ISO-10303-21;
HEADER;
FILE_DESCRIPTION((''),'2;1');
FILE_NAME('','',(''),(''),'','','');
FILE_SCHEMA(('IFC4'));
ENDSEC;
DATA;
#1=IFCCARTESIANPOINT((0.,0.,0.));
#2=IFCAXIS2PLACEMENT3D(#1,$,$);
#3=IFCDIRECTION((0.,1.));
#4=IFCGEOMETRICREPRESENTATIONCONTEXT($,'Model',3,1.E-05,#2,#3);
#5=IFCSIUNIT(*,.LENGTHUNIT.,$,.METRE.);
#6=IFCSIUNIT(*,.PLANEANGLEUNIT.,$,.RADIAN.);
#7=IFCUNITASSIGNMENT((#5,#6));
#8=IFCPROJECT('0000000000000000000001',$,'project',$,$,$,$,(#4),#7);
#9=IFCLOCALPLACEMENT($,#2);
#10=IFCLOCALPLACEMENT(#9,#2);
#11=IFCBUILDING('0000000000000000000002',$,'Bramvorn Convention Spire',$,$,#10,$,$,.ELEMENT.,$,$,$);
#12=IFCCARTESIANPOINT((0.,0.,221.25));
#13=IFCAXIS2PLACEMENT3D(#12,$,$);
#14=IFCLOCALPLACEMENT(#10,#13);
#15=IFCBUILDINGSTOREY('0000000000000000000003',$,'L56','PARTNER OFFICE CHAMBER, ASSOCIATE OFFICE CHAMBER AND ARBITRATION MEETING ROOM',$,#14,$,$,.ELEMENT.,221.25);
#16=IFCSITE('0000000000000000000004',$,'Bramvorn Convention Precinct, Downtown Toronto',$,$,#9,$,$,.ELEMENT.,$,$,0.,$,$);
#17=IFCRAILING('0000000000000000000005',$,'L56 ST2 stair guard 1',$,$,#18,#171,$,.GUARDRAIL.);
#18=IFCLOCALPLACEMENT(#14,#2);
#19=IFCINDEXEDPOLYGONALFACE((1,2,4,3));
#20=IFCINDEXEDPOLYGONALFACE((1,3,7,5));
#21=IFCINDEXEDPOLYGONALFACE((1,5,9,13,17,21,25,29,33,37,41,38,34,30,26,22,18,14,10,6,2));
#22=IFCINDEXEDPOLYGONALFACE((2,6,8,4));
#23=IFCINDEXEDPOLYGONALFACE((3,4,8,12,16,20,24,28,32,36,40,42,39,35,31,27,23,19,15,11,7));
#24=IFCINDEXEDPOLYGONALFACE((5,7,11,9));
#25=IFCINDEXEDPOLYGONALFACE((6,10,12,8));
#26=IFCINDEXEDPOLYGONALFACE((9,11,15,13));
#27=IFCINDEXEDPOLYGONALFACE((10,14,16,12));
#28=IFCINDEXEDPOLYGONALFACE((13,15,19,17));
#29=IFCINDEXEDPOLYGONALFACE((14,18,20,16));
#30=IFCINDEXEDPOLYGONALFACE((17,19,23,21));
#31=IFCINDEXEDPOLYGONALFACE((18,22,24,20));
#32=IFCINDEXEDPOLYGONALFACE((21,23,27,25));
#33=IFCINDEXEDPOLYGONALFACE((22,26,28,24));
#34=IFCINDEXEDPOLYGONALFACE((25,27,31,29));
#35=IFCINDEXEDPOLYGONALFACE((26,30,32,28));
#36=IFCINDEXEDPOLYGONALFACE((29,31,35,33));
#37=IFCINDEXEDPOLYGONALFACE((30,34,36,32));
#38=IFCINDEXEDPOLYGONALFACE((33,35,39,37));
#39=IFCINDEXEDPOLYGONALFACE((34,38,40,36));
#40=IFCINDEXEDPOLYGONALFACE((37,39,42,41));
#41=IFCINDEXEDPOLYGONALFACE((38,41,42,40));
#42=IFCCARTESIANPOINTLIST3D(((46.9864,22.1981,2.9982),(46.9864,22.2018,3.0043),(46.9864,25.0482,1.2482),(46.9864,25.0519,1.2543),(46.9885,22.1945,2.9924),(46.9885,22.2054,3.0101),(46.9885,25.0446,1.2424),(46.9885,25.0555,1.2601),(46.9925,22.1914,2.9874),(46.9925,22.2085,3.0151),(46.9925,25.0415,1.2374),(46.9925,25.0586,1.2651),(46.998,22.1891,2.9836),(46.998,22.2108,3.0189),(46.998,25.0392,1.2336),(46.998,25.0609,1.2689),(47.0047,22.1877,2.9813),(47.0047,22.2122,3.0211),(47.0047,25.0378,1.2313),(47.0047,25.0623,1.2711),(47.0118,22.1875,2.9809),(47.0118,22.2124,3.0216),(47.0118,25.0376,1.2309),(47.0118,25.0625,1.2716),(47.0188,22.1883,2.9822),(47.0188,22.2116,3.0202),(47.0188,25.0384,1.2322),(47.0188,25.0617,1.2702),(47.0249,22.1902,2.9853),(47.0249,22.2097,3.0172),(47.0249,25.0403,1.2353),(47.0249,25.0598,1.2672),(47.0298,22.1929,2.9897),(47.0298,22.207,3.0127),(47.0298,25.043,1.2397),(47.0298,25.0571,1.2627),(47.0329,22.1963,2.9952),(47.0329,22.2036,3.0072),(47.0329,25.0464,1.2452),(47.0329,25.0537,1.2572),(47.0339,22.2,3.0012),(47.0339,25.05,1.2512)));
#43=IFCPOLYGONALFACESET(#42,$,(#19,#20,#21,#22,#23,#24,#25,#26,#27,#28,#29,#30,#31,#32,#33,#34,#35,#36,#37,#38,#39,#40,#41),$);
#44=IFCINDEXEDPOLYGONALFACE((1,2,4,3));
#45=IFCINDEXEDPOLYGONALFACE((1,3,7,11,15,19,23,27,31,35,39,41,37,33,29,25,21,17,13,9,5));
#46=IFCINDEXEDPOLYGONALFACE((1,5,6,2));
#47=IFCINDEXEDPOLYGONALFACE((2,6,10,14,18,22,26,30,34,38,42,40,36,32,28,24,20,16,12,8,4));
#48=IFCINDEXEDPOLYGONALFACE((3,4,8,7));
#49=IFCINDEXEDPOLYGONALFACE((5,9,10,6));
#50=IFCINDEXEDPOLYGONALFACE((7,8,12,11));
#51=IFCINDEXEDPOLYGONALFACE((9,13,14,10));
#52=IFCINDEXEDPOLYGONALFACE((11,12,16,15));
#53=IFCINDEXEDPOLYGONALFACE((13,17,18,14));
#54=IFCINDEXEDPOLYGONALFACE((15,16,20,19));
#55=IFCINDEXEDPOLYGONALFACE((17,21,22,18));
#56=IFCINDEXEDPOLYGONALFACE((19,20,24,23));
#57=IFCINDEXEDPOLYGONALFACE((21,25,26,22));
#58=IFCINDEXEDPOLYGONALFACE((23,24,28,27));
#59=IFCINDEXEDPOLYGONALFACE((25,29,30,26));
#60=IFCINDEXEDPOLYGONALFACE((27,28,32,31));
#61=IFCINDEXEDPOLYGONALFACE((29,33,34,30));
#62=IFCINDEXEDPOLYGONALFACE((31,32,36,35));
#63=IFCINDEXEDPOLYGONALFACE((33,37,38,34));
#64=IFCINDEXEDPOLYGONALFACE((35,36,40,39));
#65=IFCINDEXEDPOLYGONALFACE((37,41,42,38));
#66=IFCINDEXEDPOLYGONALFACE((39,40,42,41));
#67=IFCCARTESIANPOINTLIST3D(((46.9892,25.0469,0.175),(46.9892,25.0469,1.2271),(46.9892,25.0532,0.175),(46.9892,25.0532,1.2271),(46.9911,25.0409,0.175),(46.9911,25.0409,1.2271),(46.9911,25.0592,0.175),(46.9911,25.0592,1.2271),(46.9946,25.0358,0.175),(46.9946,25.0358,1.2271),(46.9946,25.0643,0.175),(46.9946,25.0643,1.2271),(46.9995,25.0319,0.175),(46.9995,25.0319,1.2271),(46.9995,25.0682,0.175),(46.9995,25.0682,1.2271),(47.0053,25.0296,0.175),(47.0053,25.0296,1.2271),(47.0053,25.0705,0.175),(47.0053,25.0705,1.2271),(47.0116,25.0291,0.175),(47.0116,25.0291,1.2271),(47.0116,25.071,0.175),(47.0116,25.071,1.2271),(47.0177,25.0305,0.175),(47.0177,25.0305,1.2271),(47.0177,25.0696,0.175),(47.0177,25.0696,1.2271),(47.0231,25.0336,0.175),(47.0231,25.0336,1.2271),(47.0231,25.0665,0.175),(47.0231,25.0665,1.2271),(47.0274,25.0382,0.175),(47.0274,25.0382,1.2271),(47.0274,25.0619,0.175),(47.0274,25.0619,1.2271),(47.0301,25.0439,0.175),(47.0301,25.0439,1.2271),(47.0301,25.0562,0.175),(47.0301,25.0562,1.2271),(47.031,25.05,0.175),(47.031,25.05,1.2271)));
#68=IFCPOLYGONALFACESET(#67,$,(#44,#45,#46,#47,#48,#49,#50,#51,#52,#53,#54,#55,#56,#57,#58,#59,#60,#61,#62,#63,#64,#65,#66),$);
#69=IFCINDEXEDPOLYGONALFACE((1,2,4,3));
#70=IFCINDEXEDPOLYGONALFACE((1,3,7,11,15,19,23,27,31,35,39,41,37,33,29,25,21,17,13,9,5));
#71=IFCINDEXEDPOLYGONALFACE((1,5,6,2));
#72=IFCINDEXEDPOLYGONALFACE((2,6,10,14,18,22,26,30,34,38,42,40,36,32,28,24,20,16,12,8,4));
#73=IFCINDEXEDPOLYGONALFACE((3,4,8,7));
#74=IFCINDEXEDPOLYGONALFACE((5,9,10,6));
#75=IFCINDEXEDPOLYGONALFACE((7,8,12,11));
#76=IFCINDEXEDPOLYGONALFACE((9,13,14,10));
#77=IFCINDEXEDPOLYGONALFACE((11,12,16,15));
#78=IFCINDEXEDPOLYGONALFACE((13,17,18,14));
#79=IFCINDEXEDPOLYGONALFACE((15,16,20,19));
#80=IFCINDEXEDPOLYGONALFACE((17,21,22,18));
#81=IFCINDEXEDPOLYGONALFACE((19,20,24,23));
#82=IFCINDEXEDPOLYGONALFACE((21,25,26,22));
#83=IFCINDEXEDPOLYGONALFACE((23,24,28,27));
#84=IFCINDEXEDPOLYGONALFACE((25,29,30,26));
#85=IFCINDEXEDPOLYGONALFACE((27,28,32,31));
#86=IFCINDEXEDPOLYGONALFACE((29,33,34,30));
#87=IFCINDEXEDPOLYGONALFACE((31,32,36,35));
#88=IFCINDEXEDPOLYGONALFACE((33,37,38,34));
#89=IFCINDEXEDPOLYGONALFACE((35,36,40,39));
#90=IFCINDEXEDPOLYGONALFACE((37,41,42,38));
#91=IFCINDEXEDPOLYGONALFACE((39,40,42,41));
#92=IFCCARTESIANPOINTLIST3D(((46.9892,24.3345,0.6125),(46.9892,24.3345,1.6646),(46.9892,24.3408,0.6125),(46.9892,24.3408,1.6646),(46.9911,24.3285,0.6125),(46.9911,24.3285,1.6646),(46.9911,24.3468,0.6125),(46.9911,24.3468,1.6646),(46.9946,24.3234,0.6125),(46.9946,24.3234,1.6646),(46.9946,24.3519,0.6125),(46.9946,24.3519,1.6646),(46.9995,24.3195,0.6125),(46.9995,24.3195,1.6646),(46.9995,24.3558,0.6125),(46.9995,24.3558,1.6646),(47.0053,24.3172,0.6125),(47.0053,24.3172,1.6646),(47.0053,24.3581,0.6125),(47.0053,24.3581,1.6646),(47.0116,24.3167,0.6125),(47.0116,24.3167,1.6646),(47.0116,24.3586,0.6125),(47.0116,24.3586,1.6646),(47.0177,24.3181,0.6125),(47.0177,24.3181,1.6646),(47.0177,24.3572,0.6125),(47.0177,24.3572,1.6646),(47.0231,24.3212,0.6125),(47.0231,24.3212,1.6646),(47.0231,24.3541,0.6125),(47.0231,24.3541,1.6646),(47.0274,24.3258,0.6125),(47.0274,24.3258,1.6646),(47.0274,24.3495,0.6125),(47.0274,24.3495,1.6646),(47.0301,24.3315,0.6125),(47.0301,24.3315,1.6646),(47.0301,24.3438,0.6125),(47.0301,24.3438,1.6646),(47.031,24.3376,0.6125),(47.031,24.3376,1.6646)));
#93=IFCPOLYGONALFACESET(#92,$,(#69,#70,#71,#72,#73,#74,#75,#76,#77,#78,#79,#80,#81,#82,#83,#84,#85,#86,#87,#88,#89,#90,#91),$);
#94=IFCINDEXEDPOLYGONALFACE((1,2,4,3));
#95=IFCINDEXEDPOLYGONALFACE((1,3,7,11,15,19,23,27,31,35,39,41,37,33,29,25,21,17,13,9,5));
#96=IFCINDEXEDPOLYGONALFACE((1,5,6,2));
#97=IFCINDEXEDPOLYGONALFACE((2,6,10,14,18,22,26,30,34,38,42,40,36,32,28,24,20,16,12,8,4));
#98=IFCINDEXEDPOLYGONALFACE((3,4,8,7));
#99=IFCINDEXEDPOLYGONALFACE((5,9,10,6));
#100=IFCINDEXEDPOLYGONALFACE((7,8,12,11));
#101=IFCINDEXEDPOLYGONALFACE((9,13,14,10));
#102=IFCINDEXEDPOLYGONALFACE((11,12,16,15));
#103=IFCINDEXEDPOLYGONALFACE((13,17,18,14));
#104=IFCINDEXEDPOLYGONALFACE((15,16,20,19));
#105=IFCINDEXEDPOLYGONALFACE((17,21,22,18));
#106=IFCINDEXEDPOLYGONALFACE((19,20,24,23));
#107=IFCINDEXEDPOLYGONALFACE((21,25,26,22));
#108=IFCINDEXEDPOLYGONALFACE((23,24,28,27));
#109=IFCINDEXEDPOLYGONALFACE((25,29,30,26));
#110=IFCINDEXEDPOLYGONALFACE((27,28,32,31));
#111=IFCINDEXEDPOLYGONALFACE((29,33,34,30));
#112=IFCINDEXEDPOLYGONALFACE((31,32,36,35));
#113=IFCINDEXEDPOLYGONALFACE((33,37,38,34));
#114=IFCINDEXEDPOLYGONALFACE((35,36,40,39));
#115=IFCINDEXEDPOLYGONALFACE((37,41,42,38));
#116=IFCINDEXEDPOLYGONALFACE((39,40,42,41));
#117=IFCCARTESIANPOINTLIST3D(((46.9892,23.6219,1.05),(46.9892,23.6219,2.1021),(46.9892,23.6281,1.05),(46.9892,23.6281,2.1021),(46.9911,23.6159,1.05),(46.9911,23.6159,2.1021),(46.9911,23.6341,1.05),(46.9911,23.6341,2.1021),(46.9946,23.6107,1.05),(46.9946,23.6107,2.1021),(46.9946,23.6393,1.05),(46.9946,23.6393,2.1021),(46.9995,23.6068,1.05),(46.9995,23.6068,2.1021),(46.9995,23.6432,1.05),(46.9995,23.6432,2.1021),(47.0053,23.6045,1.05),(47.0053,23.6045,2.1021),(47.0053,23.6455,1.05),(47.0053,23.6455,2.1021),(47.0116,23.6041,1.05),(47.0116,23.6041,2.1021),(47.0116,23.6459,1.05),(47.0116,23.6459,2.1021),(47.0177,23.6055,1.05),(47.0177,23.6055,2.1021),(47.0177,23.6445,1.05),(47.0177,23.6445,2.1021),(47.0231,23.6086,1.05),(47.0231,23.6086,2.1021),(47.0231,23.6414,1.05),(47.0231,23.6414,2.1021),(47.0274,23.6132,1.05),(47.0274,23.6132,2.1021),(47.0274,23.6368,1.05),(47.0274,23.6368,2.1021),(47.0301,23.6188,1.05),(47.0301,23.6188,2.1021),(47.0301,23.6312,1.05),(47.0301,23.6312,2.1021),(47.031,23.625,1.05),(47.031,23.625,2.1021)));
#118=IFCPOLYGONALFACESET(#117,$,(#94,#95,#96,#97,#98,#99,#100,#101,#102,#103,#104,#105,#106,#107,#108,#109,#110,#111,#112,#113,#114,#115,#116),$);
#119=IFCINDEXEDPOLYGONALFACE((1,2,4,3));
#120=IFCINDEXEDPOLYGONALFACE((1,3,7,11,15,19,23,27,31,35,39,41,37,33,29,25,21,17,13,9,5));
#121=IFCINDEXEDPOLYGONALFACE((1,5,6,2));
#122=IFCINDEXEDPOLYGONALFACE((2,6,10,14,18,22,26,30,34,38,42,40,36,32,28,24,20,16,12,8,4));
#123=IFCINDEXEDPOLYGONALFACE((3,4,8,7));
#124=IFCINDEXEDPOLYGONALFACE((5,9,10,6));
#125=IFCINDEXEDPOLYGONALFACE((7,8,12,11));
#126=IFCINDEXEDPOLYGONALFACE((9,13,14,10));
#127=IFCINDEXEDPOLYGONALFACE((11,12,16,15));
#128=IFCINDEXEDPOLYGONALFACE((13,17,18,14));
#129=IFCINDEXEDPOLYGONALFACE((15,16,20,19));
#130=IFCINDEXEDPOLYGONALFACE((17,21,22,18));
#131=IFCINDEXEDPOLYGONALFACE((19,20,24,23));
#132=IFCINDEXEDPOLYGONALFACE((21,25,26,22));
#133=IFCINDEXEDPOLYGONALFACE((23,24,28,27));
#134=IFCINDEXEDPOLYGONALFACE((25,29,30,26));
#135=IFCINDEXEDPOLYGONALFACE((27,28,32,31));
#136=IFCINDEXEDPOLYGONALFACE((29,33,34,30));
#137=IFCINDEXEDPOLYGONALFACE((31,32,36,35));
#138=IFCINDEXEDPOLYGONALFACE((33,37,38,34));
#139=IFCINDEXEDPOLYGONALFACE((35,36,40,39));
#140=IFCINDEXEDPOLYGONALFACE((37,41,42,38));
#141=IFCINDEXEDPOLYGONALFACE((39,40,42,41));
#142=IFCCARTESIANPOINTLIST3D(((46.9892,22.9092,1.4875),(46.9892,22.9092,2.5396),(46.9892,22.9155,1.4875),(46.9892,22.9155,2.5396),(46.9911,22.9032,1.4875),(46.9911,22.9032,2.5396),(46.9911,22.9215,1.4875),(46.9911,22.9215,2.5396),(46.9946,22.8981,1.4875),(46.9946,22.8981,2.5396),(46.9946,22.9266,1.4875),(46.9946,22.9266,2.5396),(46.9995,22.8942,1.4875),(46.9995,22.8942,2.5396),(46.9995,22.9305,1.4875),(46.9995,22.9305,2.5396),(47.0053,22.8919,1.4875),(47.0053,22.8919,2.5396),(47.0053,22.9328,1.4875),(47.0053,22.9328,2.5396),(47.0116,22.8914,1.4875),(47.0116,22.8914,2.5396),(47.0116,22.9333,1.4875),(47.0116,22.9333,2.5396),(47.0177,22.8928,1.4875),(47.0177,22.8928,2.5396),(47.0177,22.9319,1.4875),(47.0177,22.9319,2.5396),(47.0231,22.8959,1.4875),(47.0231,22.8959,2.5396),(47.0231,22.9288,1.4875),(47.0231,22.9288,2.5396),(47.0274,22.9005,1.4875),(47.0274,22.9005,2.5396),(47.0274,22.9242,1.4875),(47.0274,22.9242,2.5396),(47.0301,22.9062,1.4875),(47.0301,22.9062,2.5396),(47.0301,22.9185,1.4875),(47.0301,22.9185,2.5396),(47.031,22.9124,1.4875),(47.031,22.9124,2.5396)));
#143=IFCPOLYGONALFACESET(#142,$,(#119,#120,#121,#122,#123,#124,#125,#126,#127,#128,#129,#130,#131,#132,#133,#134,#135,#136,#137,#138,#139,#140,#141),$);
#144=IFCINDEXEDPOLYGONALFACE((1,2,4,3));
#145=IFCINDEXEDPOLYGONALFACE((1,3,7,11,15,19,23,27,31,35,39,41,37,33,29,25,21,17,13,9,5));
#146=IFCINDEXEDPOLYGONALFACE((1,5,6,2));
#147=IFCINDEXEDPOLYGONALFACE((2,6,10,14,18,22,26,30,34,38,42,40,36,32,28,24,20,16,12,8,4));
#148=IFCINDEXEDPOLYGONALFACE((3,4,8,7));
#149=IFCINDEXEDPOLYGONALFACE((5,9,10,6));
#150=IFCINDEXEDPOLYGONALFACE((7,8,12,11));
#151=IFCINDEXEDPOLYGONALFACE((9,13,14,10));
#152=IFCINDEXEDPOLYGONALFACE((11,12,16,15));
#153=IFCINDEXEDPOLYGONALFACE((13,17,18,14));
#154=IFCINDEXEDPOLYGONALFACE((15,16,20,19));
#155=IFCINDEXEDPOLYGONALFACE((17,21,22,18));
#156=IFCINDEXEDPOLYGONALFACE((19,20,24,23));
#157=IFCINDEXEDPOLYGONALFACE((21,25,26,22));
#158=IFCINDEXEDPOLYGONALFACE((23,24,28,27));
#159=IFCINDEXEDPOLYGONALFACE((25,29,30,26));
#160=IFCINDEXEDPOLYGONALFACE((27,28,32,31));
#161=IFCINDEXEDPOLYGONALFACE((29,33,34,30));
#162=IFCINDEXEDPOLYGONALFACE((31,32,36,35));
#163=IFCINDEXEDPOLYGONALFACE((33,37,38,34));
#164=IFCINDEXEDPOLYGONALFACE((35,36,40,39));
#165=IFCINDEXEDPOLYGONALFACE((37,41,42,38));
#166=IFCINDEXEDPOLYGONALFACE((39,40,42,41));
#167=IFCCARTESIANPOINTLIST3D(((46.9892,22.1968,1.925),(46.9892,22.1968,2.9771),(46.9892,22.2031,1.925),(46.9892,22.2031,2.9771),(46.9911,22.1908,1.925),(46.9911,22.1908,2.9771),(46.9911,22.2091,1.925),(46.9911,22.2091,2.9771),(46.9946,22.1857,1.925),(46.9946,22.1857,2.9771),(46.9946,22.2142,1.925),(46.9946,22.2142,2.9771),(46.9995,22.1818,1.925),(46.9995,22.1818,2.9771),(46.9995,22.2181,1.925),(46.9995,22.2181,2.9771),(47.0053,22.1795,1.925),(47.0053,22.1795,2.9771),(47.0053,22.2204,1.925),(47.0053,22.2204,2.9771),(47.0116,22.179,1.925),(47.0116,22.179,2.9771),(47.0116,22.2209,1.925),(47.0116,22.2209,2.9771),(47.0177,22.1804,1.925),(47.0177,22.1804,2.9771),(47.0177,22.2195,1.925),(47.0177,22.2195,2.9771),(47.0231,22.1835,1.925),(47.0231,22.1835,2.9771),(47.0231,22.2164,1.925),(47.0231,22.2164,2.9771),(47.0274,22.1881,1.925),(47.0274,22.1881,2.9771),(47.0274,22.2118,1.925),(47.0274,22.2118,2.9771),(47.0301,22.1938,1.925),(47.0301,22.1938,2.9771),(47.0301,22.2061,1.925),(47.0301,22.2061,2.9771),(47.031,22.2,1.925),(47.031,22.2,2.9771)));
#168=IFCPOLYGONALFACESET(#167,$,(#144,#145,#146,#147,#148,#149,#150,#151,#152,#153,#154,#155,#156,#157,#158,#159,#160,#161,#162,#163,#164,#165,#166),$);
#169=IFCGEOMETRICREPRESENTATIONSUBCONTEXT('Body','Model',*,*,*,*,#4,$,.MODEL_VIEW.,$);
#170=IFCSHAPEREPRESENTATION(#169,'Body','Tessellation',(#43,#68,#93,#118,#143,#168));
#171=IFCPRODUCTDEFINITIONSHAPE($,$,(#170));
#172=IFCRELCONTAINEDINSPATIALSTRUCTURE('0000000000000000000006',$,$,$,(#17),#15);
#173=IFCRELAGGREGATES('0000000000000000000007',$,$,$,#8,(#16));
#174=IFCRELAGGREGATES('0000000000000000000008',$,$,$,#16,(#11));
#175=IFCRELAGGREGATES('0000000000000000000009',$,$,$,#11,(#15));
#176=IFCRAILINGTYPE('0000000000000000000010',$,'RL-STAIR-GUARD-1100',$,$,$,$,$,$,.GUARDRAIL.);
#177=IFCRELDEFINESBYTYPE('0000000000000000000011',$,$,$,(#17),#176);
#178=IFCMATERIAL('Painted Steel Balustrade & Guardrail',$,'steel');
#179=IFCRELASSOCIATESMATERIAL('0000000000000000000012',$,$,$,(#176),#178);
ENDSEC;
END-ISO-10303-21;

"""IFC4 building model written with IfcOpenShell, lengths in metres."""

from ifc_helpers import new_model, si_unit, direction, frame, origin, origin_2d, place, context, subcontext, project, spatial, circle, extrude, material, type_object, element, save


model = new_model("IFC4")

# Units and contexts
model_context = context("Model", 3, precision=1e-05, world=origin(), true_north=direction((0.0, 1.0)))
body_context = subcontext(model_context, "Body", "Model", "MODEL_VIEW")
ifc_project = project(units=[si_unit("LENGTHUNIT", "METRE"), si_unit("PLANEANGLEUNIT", "RADIAN")], contexts=[model_context])

# Site, building, storey
site_placement = place(None, origin())
site = spatial("IfcSite", under=ifc_project, at=site_placement, Name="Bramvorn Convention Precinct, Downtown Toronto", CompositionType="ELEMENT", RefElevation=0.0)
building_placement = place(site_placement, origin())
building = spatial("IfcBuilding", under=site, at=building_placement, Name="Bramvorn Convention Spire", CompositionType="ELEMENT")
storey_placement = place(building_placement, frame((0.0, 0.0, 221.25)))
storey = spatial("IfcBuildingStorey", under=building, at=storey_placement, Name="L56", Description="PARTNER OFFICE CHAMBER, ASSOCIATE OFFICE CHAMBER AND ARBITRATION MEETING ROOM", CompositionType="ELEMENT", Elevation=221.25)

# Railing
ifc_material_1 = material(Name="Painted Steel Balustrade & Guardrail", Category="steel")
railing_type_1 = type_object("IfcRailingType", Name="RL-STAIR-GUARD-1100", PredefinedType="GUARDRAIL", material=ifc_material_1)
railing_1_placement = place(storey_placement, frame((47.01, 25.05, 0.175)))
element("IfcRailing", 1, at=railing_1_placement, inside=storey, type_object=railing_type_1, Name="L56 ST2 stair guard 1", PredefinedType="GUARDRAIL", context=body_context, shape_type="SweptSolid", body=[
    extrude(circle(Radius=0.0239, at=origin_2d()), frame((0.0, 0.0, 1.0762), z_axis=(0.0, -0.852179, 0.52325), x_axis=(1.0, 0.0, 0.0)), (0.0, 0.0, 1.0), 3.3445),
    extrude(circle(Radius=0.021, at=origin_2d()), origin(), (0.0, 0.0, 1.0), 1.052),
    extrude(circle(Radius=0.021, at=origin_2d()), frame((0.0, -0.7124, 0.4375)), (0.0, 0.0, 1.0), 1.052),
    extrude(circle(Radius=0.021, at=origin_2d()), frame((0.0, -1.425, 0.875)), (0.0, 0.0, 1.0), 1.052),
    extrude(circle(Radius=0.021, at=origin_2d()), frame((0.0, -2.1377, 1.3125)), (0.0, 0.0, 1.0), 1.052),
    extrude(circle(Radius=0.021, at=origin_2d()), frame((0.0, -2.8501, 1.75)), (0.0, 0.0, 1.0), 1.052),
])

save(model, "model.ifc")
